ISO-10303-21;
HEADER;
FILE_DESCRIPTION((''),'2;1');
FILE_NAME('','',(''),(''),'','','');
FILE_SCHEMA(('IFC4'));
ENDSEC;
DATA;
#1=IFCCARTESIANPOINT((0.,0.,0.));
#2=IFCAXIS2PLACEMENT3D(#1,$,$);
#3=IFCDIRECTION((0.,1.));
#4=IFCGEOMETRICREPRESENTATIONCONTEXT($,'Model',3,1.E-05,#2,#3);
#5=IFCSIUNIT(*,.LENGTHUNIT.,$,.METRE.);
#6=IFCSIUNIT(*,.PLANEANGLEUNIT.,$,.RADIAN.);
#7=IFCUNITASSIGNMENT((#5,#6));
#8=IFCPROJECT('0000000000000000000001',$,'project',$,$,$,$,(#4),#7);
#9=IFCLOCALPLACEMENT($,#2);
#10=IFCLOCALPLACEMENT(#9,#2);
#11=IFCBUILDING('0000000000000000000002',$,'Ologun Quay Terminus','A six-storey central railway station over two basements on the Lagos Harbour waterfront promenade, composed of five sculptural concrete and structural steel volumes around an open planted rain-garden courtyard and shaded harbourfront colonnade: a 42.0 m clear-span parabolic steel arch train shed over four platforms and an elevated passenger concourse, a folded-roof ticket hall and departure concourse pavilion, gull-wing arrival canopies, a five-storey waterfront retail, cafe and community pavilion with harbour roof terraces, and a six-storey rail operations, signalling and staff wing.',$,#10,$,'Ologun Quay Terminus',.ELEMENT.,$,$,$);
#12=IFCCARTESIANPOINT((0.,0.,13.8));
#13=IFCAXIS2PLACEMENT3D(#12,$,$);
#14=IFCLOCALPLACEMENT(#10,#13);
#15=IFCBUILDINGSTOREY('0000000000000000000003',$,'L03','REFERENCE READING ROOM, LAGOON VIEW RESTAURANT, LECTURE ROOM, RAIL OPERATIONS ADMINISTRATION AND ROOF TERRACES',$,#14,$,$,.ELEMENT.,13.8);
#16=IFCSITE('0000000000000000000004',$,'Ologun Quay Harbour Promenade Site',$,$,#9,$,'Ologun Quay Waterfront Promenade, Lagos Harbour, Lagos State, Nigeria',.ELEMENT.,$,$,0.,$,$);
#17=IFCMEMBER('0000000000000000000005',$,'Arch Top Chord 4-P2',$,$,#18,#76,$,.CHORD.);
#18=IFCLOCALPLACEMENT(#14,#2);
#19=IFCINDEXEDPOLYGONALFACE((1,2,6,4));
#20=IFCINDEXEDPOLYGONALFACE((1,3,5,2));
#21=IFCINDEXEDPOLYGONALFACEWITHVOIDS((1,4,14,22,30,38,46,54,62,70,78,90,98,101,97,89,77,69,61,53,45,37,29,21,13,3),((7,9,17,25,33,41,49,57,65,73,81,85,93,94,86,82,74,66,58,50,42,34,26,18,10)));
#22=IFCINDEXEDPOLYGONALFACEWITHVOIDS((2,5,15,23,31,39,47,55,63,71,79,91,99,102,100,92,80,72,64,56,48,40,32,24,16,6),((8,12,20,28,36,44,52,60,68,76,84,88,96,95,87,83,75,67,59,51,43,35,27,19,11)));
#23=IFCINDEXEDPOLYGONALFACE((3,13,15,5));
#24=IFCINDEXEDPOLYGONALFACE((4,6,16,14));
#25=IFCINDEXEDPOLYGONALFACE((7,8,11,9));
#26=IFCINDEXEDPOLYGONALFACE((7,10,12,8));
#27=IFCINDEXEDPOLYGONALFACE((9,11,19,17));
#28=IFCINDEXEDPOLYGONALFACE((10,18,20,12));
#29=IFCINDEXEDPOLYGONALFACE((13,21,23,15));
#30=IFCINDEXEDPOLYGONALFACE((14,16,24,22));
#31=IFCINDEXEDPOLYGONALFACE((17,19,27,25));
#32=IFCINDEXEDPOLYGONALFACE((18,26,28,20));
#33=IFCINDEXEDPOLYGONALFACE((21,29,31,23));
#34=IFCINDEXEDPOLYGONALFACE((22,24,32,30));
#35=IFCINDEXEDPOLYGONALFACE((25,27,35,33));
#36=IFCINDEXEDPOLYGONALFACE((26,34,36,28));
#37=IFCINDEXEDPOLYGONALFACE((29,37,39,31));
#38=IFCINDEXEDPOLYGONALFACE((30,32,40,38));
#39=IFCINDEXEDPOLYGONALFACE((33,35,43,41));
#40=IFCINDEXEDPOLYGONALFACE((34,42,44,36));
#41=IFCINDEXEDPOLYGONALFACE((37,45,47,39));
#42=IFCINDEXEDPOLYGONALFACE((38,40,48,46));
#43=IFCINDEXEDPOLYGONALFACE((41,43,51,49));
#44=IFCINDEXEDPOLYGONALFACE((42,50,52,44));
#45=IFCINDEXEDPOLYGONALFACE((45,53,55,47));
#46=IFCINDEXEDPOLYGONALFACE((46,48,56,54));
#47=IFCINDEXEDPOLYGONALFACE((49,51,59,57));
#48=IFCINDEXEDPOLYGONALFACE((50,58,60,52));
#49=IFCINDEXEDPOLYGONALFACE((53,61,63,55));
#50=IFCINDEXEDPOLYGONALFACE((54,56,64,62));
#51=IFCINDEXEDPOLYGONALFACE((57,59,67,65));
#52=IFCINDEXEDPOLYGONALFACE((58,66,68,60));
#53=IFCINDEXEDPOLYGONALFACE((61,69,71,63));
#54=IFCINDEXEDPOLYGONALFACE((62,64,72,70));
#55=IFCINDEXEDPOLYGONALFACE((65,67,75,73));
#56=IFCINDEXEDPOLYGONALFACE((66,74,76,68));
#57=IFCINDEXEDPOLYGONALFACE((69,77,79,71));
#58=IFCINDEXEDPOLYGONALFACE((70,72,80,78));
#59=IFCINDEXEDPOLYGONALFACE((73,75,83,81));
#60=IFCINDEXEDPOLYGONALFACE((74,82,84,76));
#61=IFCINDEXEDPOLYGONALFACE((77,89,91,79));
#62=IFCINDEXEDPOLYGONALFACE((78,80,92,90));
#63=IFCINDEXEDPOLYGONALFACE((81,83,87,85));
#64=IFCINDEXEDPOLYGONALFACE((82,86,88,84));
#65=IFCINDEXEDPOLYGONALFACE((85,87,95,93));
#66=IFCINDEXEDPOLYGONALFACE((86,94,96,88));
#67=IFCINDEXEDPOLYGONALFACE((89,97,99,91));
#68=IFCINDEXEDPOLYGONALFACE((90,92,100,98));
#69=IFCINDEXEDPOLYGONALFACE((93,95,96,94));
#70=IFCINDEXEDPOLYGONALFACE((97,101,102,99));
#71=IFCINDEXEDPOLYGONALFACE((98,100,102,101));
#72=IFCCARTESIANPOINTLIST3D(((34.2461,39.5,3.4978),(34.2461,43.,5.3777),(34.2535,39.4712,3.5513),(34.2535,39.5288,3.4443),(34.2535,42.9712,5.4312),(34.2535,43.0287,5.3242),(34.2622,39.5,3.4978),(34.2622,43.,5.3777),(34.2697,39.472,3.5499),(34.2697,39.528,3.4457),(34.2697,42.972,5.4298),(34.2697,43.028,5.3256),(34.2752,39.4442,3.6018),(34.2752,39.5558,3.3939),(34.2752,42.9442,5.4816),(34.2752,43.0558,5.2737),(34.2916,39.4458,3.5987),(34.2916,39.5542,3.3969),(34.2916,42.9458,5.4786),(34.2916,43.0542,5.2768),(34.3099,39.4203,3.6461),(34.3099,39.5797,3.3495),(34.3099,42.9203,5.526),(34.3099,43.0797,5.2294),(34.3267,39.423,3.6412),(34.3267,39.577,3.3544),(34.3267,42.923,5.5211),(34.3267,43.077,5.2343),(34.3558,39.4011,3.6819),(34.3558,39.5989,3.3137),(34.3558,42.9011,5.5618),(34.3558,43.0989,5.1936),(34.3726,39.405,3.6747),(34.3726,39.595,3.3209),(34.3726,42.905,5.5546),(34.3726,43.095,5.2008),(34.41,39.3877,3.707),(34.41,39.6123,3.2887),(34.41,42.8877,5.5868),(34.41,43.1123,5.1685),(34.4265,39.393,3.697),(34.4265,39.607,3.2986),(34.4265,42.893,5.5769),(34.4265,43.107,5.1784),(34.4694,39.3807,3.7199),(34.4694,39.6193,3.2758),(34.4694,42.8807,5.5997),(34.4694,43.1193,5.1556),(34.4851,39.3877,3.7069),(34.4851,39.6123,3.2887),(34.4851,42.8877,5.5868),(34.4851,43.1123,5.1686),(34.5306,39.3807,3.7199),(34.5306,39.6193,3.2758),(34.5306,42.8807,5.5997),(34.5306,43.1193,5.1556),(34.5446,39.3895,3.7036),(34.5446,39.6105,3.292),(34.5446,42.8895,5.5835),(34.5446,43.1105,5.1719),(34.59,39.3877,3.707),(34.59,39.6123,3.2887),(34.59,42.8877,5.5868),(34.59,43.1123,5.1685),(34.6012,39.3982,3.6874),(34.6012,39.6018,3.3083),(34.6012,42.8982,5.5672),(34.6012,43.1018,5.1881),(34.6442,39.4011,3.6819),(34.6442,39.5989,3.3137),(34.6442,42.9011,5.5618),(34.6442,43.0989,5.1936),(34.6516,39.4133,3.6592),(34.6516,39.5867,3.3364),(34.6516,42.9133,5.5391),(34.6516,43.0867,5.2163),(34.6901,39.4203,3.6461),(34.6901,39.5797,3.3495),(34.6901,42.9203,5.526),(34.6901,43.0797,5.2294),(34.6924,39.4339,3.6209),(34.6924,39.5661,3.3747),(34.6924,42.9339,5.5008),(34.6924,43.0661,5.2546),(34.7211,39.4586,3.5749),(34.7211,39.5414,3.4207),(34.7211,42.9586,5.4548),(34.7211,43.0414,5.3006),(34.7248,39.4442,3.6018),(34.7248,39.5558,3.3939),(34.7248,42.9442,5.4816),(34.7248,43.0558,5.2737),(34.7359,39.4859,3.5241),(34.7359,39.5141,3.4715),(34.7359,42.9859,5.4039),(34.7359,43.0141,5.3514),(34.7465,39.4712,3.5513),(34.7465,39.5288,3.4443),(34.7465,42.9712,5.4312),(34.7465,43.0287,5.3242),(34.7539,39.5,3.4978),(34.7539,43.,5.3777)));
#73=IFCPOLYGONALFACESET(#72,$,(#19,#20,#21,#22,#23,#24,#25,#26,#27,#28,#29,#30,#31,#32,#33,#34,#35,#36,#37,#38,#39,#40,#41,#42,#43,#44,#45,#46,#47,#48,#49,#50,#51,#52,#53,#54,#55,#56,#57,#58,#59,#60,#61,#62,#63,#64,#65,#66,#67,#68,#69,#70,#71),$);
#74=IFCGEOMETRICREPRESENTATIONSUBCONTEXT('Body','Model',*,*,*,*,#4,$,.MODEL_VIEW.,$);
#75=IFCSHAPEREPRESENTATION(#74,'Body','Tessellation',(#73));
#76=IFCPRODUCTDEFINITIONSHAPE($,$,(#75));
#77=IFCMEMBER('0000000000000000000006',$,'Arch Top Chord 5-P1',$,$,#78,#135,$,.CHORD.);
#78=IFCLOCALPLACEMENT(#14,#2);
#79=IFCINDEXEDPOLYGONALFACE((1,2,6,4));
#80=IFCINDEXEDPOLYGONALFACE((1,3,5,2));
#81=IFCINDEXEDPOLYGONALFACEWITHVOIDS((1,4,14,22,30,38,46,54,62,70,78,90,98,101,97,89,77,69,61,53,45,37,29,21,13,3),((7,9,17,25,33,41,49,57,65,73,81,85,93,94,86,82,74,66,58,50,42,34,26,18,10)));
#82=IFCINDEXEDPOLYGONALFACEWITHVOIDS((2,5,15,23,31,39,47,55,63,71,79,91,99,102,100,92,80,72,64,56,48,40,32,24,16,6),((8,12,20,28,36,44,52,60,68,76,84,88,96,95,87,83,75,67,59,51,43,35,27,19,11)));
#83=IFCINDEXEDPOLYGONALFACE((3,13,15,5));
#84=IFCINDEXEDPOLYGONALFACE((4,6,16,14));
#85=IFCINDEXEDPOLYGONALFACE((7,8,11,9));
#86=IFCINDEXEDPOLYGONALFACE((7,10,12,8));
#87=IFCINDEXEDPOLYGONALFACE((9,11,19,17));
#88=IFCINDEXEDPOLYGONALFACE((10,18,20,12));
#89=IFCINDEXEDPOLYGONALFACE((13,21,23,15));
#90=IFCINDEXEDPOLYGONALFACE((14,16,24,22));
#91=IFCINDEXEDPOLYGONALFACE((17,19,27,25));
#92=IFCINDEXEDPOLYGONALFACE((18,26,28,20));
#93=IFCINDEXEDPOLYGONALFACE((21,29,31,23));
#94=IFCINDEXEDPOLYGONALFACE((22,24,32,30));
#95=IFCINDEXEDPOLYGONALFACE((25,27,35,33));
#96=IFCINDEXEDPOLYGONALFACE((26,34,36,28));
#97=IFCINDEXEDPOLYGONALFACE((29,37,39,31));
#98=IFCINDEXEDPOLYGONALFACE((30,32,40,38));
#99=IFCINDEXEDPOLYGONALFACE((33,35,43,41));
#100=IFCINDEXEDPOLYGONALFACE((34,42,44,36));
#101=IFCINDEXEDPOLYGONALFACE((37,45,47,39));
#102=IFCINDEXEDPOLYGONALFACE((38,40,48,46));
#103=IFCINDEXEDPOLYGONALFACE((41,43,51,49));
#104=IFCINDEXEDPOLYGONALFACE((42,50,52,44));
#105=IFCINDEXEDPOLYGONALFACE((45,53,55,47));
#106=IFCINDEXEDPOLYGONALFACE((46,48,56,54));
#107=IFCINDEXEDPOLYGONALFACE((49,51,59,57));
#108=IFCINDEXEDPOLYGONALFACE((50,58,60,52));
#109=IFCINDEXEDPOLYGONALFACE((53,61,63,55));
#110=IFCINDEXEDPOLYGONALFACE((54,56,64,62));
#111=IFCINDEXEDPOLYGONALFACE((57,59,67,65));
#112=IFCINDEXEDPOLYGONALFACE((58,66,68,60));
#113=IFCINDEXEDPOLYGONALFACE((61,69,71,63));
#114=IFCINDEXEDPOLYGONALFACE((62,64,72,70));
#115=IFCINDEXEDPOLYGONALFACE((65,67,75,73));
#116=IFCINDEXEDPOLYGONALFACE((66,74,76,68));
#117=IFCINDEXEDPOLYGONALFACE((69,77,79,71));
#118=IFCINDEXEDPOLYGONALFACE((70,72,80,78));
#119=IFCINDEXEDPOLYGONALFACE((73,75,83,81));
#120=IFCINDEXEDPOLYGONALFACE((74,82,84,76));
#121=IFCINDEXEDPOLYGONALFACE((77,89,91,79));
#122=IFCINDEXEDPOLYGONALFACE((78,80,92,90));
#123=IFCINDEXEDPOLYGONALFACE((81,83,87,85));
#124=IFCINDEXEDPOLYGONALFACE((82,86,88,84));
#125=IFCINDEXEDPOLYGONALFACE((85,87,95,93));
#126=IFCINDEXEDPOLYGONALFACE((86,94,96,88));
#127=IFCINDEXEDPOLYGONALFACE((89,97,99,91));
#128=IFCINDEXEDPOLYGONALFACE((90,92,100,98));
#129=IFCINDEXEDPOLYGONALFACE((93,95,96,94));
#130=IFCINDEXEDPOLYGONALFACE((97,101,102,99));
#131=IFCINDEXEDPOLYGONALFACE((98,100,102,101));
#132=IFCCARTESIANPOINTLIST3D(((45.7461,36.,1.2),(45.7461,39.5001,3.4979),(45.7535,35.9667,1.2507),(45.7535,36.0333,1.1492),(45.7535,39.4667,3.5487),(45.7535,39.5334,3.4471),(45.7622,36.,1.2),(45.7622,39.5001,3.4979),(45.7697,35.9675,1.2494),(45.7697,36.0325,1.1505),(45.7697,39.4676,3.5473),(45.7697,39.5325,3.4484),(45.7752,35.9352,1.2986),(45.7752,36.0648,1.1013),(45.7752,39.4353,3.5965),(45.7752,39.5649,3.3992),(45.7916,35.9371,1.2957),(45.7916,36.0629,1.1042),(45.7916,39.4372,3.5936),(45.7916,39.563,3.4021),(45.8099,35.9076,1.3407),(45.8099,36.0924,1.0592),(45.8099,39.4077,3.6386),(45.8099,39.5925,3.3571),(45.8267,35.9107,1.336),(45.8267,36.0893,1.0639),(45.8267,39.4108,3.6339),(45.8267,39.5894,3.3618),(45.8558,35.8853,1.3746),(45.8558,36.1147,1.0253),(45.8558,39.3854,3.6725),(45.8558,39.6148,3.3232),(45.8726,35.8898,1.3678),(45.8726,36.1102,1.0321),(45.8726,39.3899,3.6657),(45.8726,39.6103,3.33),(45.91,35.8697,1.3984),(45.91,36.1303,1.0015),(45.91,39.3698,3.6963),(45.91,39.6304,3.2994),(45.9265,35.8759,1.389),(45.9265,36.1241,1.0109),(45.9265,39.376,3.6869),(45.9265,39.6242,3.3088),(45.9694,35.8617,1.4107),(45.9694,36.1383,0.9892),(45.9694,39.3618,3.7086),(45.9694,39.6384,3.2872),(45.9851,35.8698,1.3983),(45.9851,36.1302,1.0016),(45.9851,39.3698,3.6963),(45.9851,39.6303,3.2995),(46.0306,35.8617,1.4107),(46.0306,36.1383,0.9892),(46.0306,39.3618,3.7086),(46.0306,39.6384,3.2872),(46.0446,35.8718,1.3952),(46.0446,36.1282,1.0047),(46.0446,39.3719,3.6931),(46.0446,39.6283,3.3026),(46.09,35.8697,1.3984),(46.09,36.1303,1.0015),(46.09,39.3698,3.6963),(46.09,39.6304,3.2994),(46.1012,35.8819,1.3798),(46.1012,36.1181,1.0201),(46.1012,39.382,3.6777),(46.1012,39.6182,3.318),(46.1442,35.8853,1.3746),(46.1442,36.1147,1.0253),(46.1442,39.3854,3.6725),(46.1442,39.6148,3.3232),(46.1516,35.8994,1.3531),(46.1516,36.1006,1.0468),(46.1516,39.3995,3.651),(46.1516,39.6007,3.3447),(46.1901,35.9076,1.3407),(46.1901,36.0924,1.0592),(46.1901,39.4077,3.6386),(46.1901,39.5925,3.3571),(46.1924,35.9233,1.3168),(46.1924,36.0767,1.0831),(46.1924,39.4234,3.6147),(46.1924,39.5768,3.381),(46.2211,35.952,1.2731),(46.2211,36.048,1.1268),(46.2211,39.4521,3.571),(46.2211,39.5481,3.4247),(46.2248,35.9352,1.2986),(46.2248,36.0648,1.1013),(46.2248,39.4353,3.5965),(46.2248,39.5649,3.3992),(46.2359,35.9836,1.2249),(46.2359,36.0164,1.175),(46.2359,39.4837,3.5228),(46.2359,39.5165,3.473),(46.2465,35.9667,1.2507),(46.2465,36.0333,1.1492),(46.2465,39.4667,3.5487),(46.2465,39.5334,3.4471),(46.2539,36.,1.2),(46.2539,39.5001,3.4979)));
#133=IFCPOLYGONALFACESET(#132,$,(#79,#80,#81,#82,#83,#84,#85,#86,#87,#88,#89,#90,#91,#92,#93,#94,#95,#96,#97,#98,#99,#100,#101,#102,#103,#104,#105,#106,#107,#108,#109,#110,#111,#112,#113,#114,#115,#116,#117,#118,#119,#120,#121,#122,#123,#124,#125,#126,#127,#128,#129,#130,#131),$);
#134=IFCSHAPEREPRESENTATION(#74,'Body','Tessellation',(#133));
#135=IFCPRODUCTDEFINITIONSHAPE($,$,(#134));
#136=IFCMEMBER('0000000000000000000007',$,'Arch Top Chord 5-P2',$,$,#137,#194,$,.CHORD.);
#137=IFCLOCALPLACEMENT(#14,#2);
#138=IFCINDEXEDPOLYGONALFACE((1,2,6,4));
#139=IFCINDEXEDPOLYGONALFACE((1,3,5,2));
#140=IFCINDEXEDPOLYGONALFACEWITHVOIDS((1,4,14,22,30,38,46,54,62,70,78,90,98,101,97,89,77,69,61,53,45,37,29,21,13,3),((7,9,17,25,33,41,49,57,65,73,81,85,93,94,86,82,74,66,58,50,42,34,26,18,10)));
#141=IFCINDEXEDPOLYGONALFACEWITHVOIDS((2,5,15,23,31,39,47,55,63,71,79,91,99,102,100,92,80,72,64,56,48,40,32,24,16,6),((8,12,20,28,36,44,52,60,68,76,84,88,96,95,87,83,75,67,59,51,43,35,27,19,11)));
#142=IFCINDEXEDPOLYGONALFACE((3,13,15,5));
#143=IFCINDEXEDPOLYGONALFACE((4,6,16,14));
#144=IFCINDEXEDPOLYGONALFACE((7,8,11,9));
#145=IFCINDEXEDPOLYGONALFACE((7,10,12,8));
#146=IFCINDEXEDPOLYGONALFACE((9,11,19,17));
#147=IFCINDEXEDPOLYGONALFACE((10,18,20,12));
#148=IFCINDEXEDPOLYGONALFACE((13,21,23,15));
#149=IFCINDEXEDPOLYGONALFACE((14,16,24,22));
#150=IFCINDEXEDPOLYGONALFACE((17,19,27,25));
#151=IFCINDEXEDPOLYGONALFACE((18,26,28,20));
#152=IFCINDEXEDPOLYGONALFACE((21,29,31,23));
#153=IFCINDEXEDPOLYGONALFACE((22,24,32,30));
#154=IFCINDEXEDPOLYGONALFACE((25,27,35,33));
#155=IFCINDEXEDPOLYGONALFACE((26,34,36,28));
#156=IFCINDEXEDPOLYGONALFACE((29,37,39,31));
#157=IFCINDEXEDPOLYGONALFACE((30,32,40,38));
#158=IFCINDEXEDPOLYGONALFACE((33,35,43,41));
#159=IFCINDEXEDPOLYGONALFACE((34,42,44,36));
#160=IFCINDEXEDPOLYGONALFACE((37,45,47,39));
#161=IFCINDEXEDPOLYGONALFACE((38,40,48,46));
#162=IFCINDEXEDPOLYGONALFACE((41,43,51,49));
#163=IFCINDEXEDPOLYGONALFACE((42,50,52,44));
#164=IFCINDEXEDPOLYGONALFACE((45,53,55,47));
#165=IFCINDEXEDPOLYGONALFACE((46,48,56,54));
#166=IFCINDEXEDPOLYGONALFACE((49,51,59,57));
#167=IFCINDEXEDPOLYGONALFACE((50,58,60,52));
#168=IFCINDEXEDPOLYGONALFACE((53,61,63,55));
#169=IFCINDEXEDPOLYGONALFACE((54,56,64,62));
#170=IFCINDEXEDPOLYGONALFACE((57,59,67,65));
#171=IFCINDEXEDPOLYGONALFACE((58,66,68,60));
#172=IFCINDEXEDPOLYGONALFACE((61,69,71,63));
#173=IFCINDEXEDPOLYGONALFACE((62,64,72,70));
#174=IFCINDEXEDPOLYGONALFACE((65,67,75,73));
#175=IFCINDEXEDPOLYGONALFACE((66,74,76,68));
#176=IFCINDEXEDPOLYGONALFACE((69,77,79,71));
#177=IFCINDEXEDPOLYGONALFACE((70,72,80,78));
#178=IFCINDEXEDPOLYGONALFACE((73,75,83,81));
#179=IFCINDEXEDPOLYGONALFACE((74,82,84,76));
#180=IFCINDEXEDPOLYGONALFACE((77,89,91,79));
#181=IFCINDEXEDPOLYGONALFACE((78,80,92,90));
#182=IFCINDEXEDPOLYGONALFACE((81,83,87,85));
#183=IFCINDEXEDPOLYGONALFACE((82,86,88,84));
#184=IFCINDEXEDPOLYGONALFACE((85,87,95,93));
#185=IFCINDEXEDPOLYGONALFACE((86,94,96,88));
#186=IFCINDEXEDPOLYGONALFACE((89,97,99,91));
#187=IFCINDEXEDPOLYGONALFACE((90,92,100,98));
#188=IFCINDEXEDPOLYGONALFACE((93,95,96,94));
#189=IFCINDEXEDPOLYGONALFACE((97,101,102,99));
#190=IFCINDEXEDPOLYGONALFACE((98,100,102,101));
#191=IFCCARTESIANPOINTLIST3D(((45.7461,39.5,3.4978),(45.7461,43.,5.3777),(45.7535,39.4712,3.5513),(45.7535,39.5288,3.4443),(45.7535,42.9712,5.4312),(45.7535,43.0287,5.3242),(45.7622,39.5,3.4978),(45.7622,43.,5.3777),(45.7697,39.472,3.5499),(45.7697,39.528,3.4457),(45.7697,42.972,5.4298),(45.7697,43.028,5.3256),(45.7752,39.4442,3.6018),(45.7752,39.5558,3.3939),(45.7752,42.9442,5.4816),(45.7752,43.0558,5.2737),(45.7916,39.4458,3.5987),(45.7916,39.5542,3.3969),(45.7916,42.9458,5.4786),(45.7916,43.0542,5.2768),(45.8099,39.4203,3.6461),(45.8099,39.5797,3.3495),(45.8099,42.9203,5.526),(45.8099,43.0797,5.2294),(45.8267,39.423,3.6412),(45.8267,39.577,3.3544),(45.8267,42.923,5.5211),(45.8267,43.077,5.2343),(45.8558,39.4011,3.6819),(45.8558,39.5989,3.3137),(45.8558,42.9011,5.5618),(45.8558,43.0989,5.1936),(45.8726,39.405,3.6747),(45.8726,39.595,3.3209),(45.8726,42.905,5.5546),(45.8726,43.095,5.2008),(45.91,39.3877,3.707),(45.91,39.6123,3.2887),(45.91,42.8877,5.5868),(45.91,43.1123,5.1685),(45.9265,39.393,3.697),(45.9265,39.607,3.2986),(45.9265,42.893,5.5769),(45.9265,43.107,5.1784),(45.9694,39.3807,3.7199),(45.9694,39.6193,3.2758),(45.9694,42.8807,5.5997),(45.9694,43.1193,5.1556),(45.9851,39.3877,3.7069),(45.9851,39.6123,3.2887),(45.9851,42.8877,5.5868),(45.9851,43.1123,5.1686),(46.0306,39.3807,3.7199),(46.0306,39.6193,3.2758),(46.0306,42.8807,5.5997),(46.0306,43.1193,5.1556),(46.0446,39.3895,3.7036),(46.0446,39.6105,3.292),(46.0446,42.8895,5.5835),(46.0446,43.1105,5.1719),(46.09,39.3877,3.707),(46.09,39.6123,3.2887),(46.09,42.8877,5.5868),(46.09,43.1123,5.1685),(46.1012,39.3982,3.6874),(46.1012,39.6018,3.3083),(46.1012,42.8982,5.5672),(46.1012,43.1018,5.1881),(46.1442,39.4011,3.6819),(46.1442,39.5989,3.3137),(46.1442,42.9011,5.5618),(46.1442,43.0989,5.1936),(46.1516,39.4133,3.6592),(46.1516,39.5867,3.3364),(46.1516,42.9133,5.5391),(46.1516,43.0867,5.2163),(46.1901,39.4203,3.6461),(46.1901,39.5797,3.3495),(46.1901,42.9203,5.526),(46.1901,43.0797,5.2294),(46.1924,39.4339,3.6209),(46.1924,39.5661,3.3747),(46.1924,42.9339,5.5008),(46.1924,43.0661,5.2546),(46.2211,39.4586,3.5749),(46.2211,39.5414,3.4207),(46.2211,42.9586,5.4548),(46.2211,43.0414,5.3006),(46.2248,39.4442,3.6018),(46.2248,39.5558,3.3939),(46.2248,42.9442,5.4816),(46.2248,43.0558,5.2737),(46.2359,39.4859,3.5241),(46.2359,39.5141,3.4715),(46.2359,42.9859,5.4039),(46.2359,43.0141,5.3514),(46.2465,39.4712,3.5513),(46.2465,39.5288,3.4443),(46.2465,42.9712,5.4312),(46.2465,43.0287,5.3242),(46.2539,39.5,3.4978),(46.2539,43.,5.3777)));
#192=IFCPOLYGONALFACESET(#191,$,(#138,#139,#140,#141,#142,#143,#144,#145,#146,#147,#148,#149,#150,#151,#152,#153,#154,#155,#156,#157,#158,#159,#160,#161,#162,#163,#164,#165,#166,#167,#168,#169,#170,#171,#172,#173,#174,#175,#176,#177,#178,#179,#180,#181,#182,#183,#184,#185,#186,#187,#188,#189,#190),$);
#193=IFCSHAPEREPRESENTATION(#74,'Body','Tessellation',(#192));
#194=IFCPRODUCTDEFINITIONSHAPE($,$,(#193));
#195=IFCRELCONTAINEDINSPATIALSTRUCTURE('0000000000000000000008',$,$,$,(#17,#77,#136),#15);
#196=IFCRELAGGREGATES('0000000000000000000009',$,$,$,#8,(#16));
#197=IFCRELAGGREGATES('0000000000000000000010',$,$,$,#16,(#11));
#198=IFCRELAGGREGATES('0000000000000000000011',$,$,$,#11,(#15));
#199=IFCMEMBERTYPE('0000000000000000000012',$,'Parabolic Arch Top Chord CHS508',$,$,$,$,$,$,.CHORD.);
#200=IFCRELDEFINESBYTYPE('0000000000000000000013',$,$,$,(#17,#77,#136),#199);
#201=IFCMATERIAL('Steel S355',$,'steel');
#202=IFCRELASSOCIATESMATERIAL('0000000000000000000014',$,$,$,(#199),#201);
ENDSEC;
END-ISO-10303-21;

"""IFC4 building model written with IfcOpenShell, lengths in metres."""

from ifc_helpers import new_model, si_unit, direction, frame, origin, origin_2d, place, context, subcontext, project, spatial, hollow_circle, extrude, material, material_profile, profile_set, type_object, element, save


model = new_model("IFC4")

# Units and contexts
model_context = context("Model", 3, precision=1e-05, world=origin(), true_north=direction((0.0, 1.0)))
body_context = subcontext(model_context, "Body", "Model", "MODEL_VIEW")
ifc_project = project(units=[si_unit("LENGTHUNIT", "METRE"), si_unit("PLANEANGLEUNIT", "RADIAN")], contexts=[model_context])

# Site, building, storey
site_placement = place(None, origin())
site = spatial("IfcSite", under=ifc_project, at=site_placement, Name="Ologun Quay Harbour Promenade Site", LongName="Ologun Quay Waterfront Promenade, Lagos Harbour, Lagos State, Nigeria", CompositionType="ELEMENT", RefElevation=0.0)
building_placement = place(site_placement, origin())
building = spatial("IfcBuilding", under=site, at=building_placement, Name="Ologun Quay Terminus", Description="A six-storey central railway station over two basements on the Lagos Harbour waterfront promenade, composed of five sculptural concrete and structural steel volumes around an open planted rain-garden courtyard and shaded harbourfront colonnade: a 42.0 m clear-span parabolic steel arch train shed over four platforms and an elevated passenger concourse, a folded-roof ticket hall and departure concourse pavilion, gull-wing arrival canopies, a five-storey waterfront retail, cafe and community pavilion with harbour roof terraces, and a six-storey rail operations, signalling and staff wing.", LongName="Ologun Quay Terminus", CompositionType="ELEMENT")
storey_placement = place(building_placement, frame((0.0, 0.0, 13.8)))
storey = spatial("IfcBuildingStorey", under=building, at=storey_placement, Name="L03", Description="REFERENCE READING ROOM, LAGOON VIEW RESTAURANT, LECTURE ROOM, RAIL OPERATIONS ADMINISTRATION AND ROOF TERRACES", CompositionType="ELEMENT", Elevation=13.8)

# Members
ifc_material_1 = material(Name="Steel S355", Category="steel")
ifc_material_profile_1 = material_profile(ifc_material_1, hollow_circle(Radius=0.2539, WallThickness=0.0161, at=origin_2d()), Name="CHS 508x16")
ifc_profile_set_1 = profile_set([ifc_material_profile_1], Name="Steel S355")
member_type_1 = type_object("IfcMemberType", Name="Parabolic Arch Top Chord CHS508", PredefinedType="CHORD", material=ifc_profile_set_1)
member_1_placement = place(storey_placement, frame((34.5, 39.5, 3.4978), z_axis=(0.0, 0.880968, 0.473176), x_axis=(-1.0, 0.0, 0.0)))
element("IfcMember", 1, at=member_1_placement, inside=storey, type_object=member_type_1, Name="Arch Top Chord 4-P2", PredefinedType="CHORD", context=body_context, shape_type="SweptSolid", body=[
    extrude(hollow_circle(Radius=0.2539, WallThickness=0.0161, at=origin_2d()), origin(), (0.0, 0.0, 1.0), 3.9729),
])
member_2_placement = place(storey_placement, frame((46.0, 36.0, 1.2), z_axis=(0.0, 0.835941, 0.548819), x_axis=(-1.0, 0.0, 0.0)))
element("IfcMember", 2, at=member_2_placement, inside=storey, type_object=member_type_1, Name="Arch Top Chord 5-P1", PredefinedType="CHORD", context=body_context, shape_type="SweptSolid", body=[
    extrude(hollow_circle(Radius=0.2539, WallThickness=0.0161, at=origin_2d()), origin(), (0.0, 0.0, 1.0), 4.187),
])
member_3_placement = place(storey_placement, frame((46.0, 39.5, 3.4978), z_axis=(0.0, 0.880968, 0.473176), x_axis=(-1.0, 0.0, 0.0)))
element("IfcMember", 3, at=member_3_placement, inside=storey, type_object=member_type_1, Name="Arch Top Chord 5-P2", PredefinedType="CHORD", context=body_context, shape_type="SweptSolid", body=[
    extrude(hollow_circle(Radius=0.2539, WallThickness=0.0161, at=origin_2d()), origin(), (0.0, 0.0, 1.0), 3.9729),
])

save(model, "model.ifc")
